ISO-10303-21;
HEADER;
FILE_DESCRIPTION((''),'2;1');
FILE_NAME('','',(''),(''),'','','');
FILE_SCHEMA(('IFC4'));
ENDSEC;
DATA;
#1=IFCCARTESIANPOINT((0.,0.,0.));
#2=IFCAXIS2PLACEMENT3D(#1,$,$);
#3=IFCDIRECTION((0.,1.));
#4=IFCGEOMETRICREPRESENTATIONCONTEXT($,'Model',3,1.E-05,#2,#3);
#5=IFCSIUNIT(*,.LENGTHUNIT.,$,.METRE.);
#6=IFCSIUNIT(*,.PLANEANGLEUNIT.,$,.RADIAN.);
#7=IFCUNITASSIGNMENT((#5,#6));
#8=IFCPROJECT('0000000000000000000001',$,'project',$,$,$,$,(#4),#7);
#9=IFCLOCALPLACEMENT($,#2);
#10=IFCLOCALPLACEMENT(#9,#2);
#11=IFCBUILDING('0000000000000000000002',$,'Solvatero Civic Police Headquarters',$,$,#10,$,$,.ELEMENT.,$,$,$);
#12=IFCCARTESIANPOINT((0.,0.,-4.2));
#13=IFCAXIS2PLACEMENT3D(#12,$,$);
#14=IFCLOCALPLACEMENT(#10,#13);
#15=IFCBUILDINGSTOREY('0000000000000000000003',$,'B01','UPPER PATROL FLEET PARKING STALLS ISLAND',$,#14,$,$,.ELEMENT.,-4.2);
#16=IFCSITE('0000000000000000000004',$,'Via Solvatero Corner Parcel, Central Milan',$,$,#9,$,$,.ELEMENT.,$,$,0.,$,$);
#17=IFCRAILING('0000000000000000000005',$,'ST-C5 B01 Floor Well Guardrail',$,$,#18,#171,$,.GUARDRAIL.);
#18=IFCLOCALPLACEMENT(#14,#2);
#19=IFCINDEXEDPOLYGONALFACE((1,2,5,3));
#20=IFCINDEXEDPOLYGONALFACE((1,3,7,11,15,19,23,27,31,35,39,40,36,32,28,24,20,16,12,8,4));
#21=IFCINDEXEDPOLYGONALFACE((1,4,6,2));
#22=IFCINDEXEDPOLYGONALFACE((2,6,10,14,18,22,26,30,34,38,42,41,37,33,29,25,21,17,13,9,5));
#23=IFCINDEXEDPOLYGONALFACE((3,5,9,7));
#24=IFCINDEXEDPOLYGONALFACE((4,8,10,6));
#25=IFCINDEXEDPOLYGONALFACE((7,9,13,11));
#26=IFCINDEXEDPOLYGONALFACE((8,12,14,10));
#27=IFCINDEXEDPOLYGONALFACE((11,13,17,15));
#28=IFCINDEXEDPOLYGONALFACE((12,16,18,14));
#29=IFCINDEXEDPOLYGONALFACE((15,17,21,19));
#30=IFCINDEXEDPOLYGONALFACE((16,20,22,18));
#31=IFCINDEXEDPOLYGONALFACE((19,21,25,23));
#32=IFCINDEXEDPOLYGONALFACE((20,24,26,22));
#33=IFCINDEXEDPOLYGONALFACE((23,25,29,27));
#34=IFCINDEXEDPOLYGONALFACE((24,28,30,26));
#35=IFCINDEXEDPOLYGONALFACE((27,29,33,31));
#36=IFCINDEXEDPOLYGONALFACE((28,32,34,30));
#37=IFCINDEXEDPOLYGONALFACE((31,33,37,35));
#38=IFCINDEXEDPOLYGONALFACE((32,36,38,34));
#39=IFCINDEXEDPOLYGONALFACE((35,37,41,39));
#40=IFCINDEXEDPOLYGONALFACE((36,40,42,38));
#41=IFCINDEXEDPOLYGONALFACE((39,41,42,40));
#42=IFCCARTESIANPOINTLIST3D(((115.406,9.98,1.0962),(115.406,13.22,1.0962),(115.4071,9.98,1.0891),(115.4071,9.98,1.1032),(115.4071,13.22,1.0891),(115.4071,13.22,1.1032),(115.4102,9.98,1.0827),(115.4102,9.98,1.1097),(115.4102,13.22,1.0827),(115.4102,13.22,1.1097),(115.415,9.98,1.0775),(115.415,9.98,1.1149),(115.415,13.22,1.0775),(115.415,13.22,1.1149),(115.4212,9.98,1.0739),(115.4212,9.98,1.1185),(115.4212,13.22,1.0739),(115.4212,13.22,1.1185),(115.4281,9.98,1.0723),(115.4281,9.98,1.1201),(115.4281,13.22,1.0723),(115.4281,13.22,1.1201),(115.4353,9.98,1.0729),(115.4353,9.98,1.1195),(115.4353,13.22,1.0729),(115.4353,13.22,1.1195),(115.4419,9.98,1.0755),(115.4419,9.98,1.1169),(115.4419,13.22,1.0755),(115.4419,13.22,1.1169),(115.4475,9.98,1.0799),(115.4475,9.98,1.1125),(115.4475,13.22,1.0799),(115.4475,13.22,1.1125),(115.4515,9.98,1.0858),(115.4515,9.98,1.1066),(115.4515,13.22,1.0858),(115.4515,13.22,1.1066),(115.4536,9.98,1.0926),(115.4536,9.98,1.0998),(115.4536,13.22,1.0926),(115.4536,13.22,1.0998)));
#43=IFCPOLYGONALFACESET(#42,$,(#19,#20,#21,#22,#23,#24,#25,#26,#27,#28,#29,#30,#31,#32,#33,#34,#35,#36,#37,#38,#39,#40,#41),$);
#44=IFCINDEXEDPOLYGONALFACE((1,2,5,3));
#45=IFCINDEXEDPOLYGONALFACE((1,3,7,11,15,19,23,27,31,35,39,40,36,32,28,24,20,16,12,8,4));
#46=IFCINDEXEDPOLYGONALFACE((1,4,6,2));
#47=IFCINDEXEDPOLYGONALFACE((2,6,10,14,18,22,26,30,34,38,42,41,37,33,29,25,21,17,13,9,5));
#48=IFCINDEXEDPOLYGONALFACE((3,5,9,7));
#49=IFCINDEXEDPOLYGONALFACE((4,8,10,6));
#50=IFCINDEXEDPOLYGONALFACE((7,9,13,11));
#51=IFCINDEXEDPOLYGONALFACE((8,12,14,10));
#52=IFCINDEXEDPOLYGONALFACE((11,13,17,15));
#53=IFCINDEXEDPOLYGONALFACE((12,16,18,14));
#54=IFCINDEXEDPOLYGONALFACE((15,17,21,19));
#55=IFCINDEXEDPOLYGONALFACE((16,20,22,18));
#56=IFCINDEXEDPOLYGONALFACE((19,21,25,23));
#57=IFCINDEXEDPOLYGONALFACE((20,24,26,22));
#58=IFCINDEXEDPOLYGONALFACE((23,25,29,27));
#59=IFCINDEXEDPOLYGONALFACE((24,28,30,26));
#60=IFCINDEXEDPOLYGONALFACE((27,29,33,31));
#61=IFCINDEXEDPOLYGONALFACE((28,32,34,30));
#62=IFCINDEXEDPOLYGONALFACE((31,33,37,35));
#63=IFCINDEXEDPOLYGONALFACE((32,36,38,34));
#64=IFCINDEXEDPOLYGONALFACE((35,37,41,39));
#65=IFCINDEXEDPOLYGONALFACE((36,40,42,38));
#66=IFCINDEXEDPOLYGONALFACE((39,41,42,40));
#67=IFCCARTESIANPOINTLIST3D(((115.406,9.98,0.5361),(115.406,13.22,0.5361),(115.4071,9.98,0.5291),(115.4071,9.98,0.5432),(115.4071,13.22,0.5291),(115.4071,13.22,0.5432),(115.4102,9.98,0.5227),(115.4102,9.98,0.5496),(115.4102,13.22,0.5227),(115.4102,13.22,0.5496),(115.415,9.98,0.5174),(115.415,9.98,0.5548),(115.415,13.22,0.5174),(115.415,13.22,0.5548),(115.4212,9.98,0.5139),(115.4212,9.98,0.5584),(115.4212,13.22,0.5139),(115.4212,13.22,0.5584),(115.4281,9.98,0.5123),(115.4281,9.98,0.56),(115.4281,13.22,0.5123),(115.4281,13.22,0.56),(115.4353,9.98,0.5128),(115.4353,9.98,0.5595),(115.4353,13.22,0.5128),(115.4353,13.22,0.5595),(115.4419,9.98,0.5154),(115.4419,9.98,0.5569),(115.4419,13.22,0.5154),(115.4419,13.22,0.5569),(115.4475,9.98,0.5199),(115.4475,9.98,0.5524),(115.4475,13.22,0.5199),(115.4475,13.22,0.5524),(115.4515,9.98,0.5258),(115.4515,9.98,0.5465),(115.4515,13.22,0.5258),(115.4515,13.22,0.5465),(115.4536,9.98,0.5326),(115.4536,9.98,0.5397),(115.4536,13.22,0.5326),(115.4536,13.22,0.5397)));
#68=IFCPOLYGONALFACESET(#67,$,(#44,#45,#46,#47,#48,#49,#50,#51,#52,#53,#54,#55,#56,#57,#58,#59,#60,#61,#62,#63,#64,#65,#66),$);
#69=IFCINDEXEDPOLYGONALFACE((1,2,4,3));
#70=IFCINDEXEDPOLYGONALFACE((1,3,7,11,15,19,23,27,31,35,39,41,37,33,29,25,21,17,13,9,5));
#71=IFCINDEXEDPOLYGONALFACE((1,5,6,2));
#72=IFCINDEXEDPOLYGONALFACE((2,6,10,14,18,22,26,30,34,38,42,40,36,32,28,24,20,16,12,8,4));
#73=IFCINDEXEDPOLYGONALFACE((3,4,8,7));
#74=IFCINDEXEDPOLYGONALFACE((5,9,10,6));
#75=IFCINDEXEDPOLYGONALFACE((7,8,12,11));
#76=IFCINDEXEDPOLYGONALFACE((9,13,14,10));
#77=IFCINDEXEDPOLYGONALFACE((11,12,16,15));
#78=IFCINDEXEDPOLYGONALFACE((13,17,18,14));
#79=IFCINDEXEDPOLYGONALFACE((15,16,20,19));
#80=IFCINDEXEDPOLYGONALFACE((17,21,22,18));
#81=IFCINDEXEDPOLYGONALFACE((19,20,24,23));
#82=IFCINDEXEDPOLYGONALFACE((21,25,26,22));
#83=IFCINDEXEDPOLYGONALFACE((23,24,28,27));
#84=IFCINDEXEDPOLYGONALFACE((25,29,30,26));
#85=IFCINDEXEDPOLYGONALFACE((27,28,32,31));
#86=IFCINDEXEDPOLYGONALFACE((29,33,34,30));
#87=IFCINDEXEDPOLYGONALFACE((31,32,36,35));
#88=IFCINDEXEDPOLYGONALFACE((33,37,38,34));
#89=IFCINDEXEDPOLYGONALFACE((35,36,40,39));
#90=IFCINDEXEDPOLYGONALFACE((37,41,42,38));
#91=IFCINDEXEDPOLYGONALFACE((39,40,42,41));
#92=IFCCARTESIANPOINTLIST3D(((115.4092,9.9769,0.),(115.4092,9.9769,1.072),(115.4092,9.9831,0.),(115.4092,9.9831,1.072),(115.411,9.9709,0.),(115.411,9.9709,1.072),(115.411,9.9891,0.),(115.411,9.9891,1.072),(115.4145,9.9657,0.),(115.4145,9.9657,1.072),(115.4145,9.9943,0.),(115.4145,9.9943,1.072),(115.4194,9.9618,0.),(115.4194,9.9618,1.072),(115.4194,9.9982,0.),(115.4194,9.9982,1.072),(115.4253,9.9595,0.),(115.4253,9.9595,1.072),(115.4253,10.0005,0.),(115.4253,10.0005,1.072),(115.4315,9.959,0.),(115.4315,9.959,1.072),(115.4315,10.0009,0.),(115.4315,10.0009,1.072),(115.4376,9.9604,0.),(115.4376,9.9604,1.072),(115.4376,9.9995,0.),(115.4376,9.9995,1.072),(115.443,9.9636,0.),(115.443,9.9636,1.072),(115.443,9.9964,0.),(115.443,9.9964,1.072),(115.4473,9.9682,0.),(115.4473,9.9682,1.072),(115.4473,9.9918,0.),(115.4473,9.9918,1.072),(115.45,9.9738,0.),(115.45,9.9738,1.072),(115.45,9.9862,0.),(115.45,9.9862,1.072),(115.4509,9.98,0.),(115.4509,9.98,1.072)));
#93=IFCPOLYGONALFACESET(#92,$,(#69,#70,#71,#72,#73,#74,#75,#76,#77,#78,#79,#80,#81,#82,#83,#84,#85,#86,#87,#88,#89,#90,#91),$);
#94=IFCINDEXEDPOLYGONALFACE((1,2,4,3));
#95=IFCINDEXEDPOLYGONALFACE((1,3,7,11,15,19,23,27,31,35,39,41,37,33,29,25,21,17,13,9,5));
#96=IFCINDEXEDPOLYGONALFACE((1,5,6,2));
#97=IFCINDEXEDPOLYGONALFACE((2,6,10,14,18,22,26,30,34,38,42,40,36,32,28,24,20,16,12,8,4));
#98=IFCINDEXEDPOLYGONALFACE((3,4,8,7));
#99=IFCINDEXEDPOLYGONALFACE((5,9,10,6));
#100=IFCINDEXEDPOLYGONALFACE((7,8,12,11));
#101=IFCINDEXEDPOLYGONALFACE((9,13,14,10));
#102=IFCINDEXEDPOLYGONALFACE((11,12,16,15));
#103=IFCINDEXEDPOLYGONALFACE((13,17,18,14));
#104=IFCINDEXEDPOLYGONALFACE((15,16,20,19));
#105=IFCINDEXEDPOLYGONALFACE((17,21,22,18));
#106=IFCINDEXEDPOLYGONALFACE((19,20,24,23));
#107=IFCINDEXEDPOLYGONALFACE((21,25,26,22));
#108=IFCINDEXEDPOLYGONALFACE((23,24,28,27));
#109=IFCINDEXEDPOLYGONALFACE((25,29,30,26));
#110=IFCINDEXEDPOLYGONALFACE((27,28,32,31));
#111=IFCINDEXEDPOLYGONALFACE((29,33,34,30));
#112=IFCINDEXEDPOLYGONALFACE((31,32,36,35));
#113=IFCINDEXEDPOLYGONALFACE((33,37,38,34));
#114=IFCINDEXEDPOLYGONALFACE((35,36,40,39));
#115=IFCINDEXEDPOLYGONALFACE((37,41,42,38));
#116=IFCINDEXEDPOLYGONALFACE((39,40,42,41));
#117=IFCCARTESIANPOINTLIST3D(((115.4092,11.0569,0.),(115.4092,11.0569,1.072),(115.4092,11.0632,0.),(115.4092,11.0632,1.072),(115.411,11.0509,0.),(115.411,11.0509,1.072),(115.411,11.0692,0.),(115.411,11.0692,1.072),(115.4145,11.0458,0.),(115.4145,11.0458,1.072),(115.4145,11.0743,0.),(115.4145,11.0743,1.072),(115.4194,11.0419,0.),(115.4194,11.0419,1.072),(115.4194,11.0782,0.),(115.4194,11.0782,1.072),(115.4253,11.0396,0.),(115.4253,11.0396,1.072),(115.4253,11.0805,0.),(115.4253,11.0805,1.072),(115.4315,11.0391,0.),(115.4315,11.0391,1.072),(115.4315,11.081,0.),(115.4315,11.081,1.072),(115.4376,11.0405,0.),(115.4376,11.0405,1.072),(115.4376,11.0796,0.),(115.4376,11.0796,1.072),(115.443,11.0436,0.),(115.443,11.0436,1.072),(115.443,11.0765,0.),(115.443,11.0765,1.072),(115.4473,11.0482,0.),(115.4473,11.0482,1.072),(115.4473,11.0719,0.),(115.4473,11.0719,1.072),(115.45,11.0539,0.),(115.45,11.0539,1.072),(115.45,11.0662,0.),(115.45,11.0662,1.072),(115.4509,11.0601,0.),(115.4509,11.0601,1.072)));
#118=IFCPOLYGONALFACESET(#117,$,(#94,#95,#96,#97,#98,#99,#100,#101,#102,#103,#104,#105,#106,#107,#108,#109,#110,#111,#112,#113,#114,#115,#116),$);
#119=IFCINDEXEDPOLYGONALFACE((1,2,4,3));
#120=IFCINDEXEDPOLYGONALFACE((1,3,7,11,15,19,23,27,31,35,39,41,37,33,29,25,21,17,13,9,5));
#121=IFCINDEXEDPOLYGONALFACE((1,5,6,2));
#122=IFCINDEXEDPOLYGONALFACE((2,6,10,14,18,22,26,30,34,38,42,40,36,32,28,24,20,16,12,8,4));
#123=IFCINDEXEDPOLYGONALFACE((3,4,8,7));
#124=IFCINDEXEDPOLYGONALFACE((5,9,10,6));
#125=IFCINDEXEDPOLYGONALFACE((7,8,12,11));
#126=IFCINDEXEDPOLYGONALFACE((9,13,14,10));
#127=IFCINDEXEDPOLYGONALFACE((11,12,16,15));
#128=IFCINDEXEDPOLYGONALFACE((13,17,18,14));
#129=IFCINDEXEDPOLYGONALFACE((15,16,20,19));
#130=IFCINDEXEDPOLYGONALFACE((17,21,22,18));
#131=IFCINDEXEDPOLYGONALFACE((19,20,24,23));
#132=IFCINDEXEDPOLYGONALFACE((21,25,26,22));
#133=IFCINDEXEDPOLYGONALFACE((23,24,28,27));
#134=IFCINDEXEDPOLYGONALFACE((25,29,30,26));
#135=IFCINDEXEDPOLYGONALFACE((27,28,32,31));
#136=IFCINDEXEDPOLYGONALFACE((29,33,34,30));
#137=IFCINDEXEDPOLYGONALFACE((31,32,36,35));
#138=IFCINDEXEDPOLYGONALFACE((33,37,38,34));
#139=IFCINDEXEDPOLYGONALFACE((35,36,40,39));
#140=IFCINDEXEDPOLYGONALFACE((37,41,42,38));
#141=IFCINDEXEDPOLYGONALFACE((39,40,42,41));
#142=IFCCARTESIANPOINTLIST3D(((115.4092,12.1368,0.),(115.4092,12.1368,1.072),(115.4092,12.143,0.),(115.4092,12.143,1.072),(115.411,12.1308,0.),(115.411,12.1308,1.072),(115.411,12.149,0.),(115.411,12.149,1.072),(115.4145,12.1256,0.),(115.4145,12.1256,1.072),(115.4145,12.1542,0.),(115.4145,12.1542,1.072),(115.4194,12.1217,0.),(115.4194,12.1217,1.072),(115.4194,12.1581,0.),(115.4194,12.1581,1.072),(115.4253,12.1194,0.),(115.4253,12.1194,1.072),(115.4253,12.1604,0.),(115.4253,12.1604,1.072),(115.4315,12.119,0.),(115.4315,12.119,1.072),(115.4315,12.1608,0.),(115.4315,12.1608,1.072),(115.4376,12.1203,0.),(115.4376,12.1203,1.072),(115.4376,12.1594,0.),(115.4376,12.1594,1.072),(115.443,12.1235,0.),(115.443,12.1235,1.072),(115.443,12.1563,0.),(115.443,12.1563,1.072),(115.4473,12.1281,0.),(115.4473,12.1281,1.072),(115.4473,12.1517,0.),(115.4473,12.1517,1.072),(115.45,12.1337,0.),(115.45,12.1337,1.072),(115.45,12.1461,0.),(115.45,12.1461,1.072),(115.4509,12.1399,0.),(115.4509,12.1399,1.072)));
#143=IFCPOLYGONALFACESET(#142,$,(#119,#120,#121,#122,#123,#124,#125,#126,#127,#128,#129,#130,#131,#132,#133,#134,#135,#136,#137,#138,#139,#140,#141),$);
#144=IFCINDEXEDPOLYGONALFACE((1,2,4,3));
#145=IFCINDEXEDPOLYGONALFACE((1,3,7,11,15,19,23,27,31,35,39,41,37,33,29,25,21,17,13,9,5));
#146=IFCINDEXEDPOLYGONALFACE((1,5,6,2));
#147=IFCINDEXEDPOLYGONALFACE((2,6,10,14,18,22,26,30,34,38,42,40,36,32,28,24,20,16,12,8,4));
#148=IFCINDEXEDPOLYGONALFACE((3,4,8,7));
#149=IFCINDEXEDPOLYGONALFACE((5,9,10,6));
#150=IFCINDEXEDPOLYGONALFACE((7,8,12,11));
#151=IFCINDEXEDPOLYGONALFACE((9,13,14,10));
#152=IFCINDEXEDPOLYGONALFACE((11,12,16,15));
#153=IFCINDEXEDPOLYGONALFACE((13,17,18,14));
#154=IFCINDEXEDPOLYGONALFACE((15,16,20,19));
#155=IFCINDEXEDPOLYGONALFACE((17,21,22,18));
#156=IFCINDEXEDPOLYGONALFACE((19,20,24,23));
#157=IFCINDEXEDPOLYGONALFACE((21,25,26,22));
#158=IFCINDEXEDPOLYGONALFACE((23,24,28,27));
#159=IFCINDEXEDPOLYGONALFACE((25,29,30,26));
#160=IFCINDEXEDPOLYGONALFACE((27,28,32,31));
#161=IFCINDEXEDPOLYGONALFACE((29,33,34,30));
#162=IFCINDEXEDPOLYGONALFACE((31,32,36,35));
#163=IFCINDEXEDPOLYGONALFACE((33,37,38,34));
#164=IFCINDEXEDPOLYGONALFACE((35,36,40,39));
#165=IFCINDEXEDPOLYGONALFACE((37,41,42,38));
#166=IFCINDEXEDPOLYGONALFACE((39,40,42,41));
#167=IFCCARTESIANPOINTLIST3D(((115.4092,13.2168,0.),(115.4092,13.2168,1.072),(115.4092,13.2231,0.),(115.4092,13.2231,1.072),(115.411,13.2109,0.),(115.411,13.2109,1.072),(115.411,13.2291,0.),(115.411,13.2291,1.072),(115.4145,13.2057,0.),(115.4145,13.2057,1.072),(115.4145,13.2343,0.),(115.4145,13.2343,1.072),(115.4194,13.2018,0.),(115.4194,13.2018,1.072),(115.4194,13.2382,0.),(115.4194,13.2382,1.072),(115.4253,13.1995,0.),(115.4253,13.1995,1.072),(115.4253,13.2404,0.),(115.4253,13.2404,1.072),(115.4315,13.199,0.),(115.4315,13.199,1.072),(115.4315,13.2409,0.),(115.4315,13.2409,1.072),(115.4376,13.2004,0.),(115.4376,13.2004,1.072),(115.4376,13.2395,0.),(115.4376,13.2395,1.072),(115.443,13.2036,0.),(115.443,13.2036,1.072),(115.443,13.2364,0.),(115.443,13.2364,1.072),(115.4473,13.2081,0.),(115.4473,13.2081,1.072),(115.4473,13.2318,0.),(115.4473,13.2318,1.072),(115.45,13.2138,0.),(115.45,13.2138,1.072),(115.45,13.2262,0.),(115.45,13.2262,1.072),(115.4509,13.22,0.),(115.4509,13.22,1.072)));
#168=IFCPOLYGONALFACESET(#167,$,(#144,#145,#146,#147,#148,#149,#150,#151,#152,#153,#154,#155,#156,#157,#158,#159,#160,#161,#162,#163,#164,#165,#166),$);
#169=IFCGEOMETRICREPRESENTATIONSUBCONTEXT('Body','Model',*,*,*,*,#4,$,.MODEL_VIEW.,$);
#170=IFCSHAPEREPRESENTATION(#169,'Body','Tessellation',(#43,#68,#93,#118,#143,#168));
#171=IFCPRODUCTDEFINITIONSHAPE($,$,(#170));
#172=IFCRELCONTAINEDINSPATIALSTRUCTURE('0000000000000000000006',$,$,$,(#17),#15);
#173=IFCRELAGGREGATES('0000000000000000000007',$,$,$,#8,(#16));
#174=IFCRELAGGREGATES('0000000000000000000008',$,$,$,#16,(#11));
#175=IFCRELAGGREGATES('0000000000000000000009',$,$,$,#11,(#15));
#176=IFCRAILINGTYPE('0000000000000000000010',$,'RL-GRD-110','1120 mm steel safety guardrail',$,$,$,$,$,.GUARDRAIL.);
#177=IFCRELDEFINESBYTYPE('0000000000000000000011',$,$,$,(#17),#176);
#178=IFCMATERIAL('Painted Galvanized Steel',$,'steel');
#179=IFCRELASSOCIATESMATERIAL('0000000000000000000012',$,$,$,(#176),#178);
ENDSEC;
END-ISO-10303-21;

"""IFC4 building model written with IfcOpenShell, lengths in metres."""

from ifc_helpers import new_model, si_unit, direction, frame, origin, origin_2d, place, context, subcontext, project, spatial, circle, extrude, material, type_object, element, save


model = new_model("IFC4")

# Units and contexts
model_context = context("Model", 3, precision=1e-05, world=origin(), true_north=direction((0.0, 1.0)))
body_context = subcontext(model_context, "Body", "Model", "MODEL_VIEW")
ifc_project = project(units=[si_unit("LENGTHUNIT", "METRE"), si_unit("PLANEANGLEUNIT", "RADIAN")], contexts=[model_context])

# Site, building, storey
site_placement = place(None, origin())
site = spatial("IfcSite", under=ifc_project, at=site_placement, Name="Via Solvatero Corner Parcel, Central Milan", CompositionType="ELEMENT", RefElevation=0.0)
building_placement = place(site_placement, origin())
building = spatial("IfcBuilding", under=site, at=building_placement, Name="Solvatero Civic Police Headquarters", CompositionType="ELEMENT")
storey_placement = place(building_placement, frame((0.0, 0.0, -4.2)))
storey = spatial("IfcBuildingStorey", under=building, at=storey_placement, Name="B01", Description="UPPER PATROL FLEET PARKING STALLS ISLAND", CompositionType="ELEMENT", Elevation=-4.2)

# Railing
ifc_material_1 = material(Name="Painted Galvanized Steel", Category="steel")
railing_type_1 = type_object("IfcRailingType", Name="RL-GRD-110", Description="1120 mm steel safety guardrail", PredefinedType="GUARDRAIL", material=ifc_material_1)
railing_1_placement = place(storey_placement, frame((115.4299, 9.98, 0.0)))
element("IfcRailing", 1, at=railing_1_placement, inside=storey, type_object=railing_type_1, Name="ST-C5 B01 Floor Well Guardrail", PredefinedType="GUARDRAIL", context=body_context, shape_type="SweptSolid", body=[
    extrude(circle(Radius=0.0239, at=origin_2d()), frame((0.0, 0.0, 1.0962), z_axis=(0.0, 1.0, 0.0), x_axis=(-1.0, 0.0, 0.0)), (0.0, 0.0, 1.0), 3.24),
    extrude(circle(Radius=0.0239, at=origin_2d()), frame((0.0, 0.0, 0.5361), z_axis=(0.0, 1.0, 0.0), x_axis=(-1.0, 0.0, 0.0)), (0.0, 0.0, 1.0), 3.24),
    extrude(circle(Radius=0.021, at=origin_2d()), origin(), (0.0, 0.0, 1.0), 1.072),
    extrude(circle(Radius=0.021, at=origin_2d()), frame((0.0, 1.0801, 0.0)), (0.0, 0.0, 1.0), 1.072),
    extrude(circle(Radius=0.021, at=origin_2d()), frame((0.0, 2.1599, 0.0)), (0.0, 0.0, 1.0), 1.072),
    extrude(circle(Radius=0.021, at=origin_2d()), frame((0.0, 3.24, 0.0)), (0.0, 0.0, 1.0), 1.072),
])

save(model, "model.ifc")
